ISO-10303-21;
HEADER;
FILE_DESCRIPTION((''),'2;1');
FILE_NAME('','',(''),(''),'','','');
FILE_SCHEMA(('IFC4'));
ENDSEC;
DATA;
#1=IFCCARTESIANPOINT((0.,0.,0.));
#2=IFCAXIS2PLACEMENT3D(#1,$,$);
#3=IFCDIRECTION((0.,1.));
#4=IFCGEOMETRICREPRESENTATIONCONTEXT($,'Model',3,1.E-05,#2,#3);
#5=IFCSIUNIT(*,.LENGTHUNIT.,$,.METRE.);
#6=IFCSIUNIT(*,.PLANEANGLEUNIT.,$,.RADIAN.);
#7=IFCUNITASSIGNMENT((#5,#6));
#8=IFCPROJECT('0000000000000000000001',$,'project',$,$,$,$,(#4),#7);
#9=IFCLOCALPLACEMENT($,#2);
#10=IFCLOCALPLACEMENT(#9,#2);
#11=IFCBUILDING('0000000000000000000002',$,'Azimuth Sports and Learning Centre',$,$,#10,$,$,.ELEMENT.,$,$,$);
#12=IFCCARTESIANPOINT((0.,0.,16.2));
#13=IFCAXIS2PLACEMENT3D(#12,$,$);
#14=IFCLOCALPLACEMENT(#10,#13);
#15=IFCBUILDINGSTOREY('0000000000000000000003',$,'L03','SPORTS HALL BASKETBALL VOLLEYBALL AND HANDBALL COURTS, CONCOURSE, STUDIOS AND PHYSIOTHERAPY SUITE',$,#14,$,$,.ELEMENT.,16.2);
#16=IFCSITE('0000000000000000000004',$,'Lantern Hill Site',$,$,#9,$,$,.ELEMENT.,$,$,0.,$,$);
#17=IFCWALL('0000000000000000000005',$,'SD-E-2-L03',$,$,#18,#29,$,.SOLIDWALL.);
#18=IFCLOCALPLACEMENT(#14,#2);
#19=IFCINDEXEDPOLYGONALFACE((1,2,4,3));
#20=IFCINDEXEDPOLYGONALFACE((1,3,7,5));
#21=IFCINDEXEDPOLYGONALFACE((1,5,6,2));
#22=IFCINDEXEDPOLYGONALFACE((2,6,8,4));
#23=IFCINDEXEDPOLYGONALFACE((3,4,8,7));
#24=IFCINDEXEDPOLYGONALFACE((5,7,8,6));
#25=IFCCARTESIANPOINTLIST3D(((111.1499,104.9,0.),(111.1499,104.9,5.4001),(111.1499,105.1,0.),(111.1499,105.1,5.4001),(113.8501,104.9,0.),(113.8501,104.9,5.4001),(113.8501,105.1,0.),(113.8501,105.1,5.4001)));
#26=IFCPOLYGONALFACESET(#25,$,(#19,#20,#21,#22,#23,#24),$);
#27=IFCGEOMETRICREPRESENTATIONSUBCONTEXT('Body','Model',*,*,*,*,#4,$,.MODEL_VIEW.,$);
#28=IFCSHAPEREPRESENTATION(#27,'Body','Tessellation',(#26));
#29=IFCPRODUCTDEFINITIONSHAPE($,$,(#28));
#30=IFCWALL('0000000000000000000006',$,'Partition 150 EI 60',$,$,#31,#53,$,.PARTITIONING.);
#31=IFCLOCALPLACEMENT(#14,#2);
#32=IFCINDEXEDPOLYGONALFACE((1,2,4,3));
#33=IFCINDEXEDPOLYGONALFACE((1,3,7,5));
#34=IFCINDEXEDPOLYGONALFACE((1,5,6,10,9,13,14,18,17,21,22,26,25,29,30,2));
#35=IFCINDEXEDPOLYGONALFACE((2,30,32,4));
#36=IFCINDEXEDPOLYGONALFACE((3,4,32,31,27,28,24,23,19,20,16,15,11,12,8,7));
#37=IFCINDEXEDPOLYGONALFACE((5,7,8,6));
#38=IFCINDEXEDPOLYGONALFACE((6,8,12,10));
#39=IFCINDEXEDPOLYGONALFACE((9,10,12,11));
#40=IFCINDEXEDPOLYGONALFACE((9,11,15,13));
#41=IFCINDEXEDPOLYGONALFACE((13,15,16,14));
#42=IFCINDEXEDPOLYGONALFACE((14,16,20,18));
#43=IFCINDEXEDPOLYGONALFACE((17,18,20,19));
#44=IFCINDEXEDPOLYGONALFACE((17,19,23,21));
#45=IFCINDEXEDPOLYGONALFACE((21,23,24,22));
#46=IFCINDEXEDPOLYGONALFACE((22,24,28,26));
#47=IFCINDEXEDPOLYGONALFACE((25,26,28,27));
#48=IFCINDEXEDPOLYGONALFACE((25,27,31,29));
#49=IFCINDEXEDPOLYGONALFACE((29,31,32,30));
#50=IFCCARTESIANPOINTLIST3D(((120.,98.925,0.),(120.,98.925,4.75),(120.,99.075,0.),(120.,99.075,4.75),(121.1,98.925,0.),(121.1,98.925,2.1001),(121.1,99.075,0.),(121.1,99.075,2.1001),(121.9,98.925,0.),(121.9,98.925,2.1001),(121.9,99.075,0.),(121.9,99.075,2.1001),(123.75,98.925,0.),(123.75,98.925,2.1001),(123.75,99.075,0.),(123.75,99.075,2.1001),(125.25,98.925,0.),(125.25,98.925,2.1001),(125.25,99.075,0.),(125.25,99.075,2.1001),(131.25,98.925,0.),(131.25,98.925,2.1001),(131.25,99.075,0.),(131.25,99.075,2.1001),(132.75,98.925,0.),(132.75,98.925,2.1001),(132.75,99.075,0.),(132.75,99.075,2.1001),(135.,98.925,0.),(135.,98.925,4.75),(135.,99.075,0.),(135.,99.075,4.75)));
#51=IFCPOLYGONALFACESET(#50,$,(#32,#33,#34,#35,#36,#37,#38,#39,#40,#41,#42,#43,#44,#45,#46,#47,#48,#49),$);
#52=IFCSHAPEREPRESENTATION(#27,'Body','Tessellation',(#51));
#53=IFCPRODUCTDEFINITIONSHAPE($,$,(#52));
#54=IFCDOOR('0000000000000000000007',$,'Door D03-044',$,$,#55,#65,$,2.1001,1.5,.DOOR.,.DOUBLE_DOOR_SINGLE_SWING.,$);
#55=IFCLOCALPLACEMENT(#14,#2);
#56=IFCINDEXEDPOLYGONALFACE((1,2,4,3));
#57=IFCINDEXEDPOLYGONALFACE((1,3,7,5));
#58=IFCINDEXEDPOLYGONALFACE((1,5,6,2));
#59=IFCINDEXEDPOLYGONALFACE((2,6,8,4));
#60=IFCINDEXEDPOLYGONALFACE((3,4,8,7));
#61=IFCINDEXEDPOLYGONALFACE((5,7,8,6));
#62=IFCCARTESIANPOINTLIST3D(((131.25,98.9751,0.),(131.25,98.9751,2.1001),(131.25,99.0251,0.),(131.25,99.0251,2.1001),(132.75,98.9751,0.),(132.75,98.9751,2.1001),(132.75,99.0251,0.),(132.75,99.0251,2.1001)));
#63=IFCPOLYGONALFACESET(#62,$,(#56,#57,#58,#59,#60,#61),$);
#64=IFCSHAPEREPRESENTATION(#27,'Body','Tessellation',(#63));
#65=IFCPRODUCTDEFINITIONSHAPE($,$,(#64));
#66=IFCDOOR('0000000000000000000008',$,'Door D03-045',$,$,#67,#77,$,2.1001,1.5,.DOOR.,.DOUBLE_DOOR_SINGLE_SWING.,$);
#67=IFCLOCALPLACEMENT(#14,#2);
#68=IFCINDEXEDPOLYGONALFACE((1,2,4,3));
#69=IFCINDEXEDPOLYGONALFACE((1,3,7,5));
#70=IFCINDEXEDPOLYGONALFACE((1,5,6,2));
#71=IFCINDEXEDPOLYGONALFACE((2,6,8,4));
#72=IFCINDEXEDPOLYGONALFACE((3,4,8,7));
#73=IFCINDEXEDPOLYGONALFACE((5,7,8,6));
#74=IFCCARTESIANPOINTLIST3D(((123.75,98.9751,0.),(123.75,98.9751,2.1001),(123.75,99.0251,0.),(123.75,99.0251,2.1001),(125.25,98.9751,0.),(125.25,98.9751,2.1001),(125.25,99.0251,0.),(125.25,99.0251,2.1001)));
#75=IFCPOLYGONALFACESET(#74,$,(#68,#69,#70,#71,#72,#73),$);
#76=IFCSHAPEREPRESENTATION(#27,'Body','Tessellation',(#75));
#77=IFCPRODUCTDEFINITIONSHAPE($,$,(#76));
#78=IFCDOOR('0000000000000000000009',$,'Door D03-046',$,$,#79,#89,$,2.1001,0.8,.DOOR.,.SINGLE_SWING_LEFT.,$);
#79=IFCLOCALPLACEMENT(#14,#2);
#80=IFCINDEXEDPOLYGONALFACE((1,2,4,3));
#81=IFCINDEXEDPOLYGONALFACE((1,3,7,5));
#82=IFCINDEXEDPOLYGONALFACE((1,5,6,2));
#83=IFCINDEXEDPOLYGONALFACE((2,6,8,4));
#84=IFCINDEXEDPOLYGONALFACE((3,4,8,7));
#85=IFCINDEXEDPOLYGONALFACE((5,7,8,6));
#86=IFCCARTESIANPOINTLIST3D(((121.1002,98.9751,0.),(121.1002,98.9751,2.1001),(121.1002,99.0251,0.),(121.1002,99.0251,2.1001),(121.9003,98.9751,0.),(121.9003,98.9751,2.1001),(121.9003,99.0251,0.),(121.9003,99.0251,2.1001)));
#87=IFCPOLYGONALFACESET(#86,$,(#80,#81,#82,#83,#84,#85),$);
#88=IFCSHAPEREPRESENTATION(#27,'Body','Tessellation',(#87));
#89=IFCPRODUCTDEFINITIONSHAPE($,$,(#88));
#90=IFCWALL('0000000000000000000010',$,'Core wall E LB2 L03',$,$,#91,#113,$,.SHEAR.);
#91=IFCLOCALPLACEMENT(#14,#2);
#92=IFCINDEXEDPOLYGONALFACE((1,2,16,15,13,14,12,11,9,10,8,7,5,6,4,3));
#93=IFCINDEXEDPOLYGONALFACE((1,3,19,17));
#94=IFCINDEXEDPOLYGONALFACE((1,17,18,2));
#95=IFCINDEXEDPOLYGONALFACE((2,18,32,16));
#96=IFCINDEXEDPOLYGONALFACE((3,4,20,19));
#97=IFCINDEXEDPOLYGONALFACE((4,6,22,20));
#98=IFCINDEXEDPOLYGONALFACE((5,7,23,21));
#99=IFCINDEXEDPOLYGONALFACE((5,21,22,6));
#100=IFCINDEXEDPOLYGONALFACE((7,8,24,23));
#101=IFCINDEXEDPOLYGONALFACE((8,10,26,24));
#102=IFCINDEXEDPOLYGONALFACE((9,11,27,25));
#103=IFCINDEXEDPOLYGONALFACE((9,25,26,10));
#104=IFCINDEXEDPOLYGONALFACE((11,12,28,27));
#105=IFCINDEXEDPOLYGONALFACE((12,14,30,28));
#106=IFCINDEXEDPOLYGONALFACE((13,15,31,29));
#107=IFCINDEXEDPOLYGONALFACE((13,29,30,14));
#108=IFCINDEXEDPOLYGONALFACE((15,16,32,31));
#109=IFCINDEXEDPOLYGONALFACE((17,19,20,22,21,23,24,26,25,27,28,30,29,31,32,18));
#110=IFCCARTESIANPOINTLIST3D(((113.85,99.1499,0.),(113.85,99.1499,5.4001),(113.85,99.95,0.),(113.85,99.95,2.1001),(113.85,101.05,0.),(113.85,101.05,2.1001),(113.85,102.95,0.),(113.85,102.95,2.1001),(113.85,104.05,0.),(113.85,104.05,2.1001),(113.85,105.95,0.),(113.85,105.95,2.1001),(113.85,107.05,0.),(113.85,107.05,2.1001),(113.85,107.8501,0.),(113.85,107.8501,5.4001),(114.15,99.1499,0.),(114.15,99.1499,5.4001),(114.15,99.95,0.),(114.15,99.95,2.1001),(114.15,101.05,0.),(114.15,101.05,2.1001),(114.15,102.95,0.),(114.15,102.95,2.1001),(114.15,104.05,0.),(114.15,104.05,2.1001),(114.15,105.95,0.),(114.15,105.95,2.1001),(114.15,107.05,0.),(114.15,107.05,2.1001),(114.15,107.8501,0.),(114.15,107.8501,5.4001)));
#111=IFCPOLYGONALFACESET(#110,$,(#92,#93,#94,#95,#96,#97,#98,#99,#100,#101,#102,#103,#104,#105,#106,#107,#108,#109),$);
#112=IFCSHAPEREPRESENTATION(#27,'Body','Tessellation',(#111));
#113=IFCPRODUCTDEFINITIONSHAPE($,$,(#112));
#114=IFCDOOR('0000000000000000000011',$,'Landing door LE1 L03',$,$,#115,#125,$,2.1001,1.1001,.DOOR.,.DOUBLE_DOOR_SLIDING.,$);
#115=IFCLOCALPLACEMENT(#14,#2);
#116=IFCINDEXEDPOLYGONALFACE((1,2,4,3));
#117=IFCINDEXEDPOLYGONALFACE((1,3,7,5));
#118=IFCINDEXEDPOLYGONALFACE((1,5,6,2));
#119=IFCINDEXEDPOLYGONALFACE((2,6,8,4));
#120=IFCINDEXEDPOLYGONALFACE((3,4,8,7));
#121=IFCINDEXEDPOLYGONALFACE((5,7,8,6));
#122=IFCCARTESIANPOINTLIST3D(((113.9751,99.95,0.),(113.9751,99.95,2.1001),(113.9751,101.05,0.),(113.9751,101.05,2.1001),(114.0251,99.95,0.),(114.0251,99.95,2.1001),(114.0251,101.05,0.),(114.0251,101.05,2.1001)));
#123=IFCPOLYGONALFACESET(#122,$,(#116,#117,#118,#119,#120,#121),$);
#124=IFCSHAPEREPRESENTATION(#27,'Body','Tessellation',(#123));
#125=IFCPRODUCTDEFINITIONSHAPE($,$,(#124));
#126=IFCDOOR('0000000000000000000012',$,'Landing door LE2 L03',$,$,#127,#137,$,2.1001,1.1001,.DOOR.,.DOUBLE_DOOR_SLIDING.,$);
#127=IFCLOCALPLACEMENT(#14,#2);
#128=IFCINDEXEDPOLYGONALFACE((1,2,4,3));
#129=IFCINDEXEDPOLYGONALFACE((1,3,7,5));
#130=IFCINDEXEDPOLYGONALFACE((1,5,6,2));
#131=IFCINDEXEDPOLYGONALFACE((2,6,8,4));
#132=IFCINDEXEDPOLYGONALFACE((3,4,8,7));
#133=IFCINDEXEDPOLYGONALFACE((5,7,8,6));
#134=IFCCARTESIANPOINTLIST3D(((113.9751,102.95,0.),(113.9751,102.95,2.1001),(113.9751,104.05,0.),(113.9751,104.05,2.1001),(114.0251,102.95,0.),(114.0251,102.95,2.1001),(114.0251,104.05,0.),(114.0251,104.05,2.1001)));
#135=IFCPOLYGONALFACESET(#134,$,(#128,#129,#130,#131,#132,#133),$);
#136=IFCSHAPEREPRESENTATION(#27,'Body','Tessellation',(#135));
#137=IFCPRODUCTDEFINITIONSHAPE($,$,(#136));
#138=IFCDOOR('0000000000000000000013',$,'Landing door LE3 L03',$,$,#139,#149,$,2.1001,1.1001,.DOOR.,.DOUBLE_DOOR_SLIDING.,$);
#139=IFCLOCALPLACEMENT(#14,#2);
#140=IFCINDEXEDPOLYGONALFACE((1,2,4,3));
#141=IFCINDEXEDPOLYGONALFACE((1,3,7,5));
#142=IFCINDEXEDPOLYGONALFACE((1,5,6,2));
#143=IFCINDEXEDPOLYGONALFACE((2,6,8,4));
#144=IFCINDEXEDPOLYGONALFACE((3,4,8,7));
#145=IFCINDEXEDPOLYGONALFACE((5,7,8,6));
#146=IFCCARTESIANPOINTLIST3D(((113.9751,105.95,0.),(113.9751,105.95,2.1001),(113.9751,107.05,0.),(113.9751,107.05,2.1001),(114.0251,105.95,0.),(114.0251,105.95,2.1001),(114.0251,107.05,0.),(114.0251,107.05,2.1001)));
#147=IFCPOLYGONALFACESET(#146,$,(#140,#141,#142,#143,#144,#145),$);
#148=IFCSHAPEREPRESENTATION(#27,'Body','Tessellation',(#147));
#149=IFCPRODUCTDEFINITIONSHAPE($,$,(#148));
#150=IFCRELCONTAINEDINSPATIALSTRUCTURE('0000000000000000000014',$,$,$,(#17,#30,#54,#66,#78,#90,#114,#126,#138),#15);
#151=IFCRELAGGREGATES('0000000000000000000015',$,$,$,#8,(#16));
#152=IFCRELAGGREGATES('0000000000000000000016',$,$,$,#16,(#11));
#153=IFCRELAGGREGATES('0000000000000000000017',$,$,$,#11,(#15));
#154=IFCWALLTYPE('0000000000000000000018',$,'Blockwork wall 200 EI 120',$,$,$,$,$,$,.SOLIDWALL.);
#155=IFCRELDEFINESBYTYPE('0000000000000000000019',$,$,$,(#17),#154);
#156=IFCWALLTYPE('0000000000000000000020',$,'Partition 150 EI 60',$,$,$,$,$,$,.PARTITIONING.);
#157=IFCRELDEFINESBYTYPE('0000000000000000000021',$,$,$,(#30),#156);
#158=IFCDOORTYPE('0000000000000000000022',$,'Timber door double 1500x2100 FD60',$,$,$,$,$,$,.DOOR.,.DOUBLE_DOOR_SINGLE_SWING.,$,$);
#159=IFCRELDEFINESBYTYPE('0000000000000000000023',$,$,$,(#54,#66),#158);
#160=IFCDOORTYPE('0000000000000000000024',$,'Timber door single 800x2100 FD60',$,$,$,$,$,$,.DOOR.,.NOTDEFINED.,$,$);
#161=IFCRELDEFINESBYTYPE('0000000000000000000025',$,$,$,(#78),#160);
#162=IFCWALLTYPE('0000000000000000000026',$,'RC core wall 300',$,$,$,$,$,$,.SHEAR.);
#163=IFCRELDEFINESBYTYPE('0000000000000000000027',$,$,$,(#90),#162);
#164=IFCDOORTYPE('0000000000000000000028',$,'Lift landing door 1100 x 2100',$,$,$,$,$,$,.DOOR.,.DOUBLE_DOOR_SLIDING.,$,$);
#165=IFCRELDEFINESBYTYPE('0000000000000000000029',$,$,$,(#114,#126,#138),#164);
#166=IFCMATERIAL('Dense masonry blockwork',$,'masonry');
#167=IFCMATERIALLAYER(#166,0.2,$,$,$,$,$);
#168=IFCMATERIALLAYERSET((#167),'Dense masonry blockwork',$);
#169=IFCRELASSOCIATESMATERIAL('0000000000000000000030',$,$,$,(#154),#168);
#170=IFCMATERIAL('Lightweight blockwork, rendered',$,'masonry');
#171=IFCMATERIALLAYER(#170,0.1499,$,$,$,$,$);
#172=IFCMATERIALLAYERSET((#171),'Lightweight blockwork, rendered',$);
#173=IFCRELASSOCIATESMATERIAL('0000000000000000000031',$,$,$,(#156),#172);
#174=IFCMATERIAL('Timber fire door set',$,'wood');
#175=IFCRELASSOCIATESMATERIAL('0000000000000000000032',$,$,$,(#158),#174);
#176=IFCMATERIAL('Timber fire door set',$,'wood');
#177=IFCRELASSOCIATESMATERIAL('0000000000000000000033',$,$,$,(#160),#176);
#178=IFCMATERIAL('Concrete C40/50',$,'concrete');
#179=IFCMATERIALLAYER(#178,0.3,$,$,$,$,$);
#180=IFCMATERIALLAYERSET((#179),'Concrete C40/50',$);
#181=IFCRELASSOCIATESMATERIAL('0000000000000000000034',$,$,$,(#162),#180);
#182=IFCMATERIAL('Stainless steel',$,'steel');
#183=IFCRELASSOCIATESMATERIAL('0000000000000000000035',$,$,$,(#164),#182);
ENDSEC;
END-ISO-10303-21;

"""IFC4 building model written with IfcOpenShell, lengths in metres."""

from ifc_helpers import new_model, si_unit, direction, frame, frame_2d, origin, place, context, subcontext, project, spatial, rectangle, extrude, material, layer, layer_set, type_object, element, fill, save


model = new_model("IFC4")

# Units and contexts
model_context = context("Model", 3, precision=1e-05, world=origin(), true_north=direction((0.0, 1.0)))
body_context = subcontext(model_context, "Body", "Model", "MODEL_VIEW")
ifc_project = project(units=[si_unit("LENGTHUNIT", "METRE"), si_unit("PLANEANGLEUNIT", "RADIAN")], contexts=[model_context])

# Site, building, storey
site_placement = place(None, origin())
site = spatial("IfcSite", under=ifc_project, at=site_placement, Name="Lantern Hill Site", CompositionType="ELEMENT", RefElevation=0.0)
building_placement = place(site_placement, origin())
building = spatial("IfcBuilding", under=site, at=building_placement, Name="Azimuth Sports and Learning Centre", CompositionType="ELEMENT")
storey_placement = place(building_placement, frame((0.0, 0.0, 16.2)))
storey = spatial("IfcBuildingStorey", under=building, at=storey_placement, Name="L03", Description="SPORTS HALL BASKETBALL VOLLEYBALL AND HANDBALL COURTS, CONCOURSE, STUDIOS AND PHYSIOTHERAPY SUITE", CompositionType="ELEMENT", Elevation=16.2)

# Wall
ifc_material_1 = material(Name="Dense masonry blockwork", Category="masonry")
ifc_layer_1 = layer(ifc_material_1, 0.2)
ifc_layer_set_1 = layer_set([ifc_layer_1], Name="Dense masonry blockwork")
wall_type_1 = type_object("IfcWallType", Name="Blockwork wall 200 EI 120", PredefinedType="SOLIDWALL", material=ifc_layer_set_1)
wall_1_placement = place(storey_placement, frame((111.1499, 105.0, 0.0), z_axis=(0.0, 0.0, 1.0), x_axis=(1.0, 0.0, 0.0)))
element("IfcWall", 1, at=wall_1_placement, inside=storey, type_object=wall_type_1, Name="SD-E-2-L03", PredefinedType="SOLIDWALL", context=body_context, shape_type="SweptSolid", body=[
    extrude(rectangle(XDim=2.7002, YDim=0.2, at=frame_2d((1.3501, 0.0))), origin(), (0.0, 0.0, 1.0), 5.4001),
])

# Walls, openings, doors
ifc_material_2 = material(Name="Lightweight blockwork, rendered", Category="masonry")
ifc_layer_2 = layer(ifc_material_2, 0.1499)
ifc_layer_set_2 = layer_set([ifc_layer_2], Name="Lightweight blockwork, rendered")
wall_type_2 = type_object("IfcWallType", Name="Partition 150 EI 60", PredefinedType="PARTITIONING", material=ifc_layer_set_2)
wall_2_placement = place(storey_placement, frame((120.0, 99.0, 0.0), z_axis=(0.0, 0.0, 1.0), x_axis=(1.0, 0.0, 0.0)))
wall_2 = element("IfcWall", 2, at=wall_2_placement, inside=storey, type_object=wall_type_2, Name="Partition 150 EI 60", PredefinedType="PARTITIONING", context=body_context, shape_type="SweptSolid", body=[
    extrude(rectangle(XDim=15.0, YDim=0.1499, at=frame_2d((7.5, 0.0))), origin(), (0.0, 0.0, 1.0), 4.75),
])
opening_1_placement = place(wall_2_placement, frame((11.25, 0.0, 0.0)))
opening_1 = element("IfcOpeningElement", 3, at=opening_1_placement, cuts=wall_2, PredefinedType="OPENING", context=body_context, shape_type="SweptSolid", body=[
    extrude(rectangle(XDim=1.5, YDim=2.1001, at=frame_2d((0.75, 1.05))), frame((0.0, 0.0859, 0.0), z_axis=(0.0, -1.0, 0.0), x_axis=(1.0, 0.0, 0.0)), (0.0, 0.0, 1.0), 0.1719),
])
opening_2_placement = place(wall_2_placement, frame((3.75, 0.0, 0.0)))
opening_2 = element("IfcOpeningElement", 4, at=opening_2_placement, cuts=wall_2, PredefinedType="OPENING", context=body_context, shape_type="SweptSolid", body=[
    extrude(rectangle(XDim=1.5, YDim=2.1001, at=frame_2d((0.75, 1.05))), frame((0.0, 0.0859, 0.0), z_axis=(0.0, -1.0, 0.0), x_axis=(1.0, 0.0, 0.0)), (0.0, 0.0, 1.0), 0.1719),
])
opening_3_placement = place(wall_2_placement, frame((1.1001, 0.0, 0.0)))
opening_3 = element("IfcOpeningElement", 5, at=opening_3_placement, cuts=wall_2, PredefinedType="OPENING", context=body_context, shape_type="SweptSolid", body=[
    extrude(rectangle(XDim=0.8, YDim=2.1001, at=frame_2d((0.3999, 1.05))), frame((0.0, 0.0859, 0.0), z_axis=(0.0, -1.0, 0.0), x_axis=(1.0, 0.0, 0.0)), (0.0, 0.0, 1.0), 0.1719),
])
ifc_material_3 = material(Name="Timber fire door set", Category="wood")
door_type_1 = type_object("IfcDoorType", Name="Timber door double 1500x2100 FD60", OperationType="DOUBLE_DOOR_SINGLE_SWING", PredefinedType="DOOR", material=ifc_material_3)
door_1_placement = place(opening_1_placement, frame((1.5, 0.0, 0.0), z_axis=(0.0, 0.0, 1.0), x_axis=(-1.0, 0.0, 0.0)))
door_1 = element("IfcDoor", 6, at=door_1_placement, inside=storey, type_object=door_type_1, Name="Door D03-044", OperationType="DOUBLE_DOOR_SINGLE_SWING", OverallHeight=2.1001, OverallWidth=1.5, PredefinedType="DOOR", context=body_context, shape_type="SweptSolid", body=[
    extrude(rectangle(XDim=1.5, YDim=2.1001, at=frame_2d((0.75, 1.05))), frame((0.0, 0.0249, 0.0), z_axis=(0.0, -1.0, 0.0), x_axis=(1.0, 0.0, 0.0)), (0.0, 0.0, 1.0), 0.05),
])
fill(opening_1, door_1)
door_2_placement = place(opening_2_placement, frame((1.5, 0.0, 0.0), z_axis=(0.0, 0.0, 1.0), x_axis=(-1.0, 0.0, 0.0)))
door_2 = element("IfcDoor", 7, at=door_2_placement, inside=storey, type_object=door_type_1, Name="Door D03-045", OperationType="DOUBLE_DOOR_SINGLE_SWING", OverallHeight=2.1001, OverallWidth=1.5, PredefinedType="DOOR", context=body_context, shape_type="SweptSolid", body=[
    extrude(rectangle(XDim=1.5, YDim=2.1001, at=frame_2d((0.75, 1.05))), frame((0.0, 0.0249, 0.0), z_axis=(0.0, -1.0, 0.0), x_axis=(1.0, 0.0, 0.0)), (0.0, 0.0, 1.0), 0.05),
])
fill(opening_2, door_2)
ifc_material_4 = material(Name="Timber fire door set", Category="wood")
door_type_2 = type_object("IfcDoorType", Name="Timber door single 800x2100 FD60", OperationType="NOTDEFINED", PredefinedType="DOOR", material=ifc_material_4)
door_3_placement = place(opening_3_placement, frame((0.8, 0.0, 0.0), z_axis=(0.0, 0.0, 1.0), x_axis=(-1.0, 0.0, 0.0)))
door_3 = element("IfcDoor", 8, at=door_3_placement, inside=storey, type_object=door_type_2, Name="Door D03-046", OperationType="SINGLE_SWING_LEFT", OverallHeight=2.1001, OverallWidth=0.8, PredefinedType="DOOR", context=body_context, shape_type="SweptSolid", body=[
    extrude(rectangle(XDim=0.8, YDim=2.1001, at=frame_2d((0.3999, 1.05))), frame((0.0, 0.0249, 0.0), z_axis=(0.0, -1.0, 0.0), x_axis=(1.0, 0.0, 0.0)), (0.0, 0.0, 1.0), 0.05),
])
fill(opening_3, door_3)
ifc_material_5 = material(Name="Concrete C40/50", Category="concrete")
ifc_layer_3 = layer(ifc_material_5, 0.3)
ifc_layer_set_3 = layer_set([ifc_layer_3], Name="Concrete C40/50")
wall_type_3 = type_object("IfcWallType", Name="RC core wall 300", PredefinedType="SHEAR", material=ifc_layer_set_3)
wall_3_placement = place(storey_placement, frame((114.0, 99.1499, 0.0), z_axis=(0.0, 0.0, 1.0), x_axis=(0.0, 1.0, 0.0)))
wall_3 = element("IfcWall", 9, at=wall_3_placement, inside=storey, type_object=wall_type_3, Name="Core wall E LB2 L03", PredefinedType="SHEAR", context=body_context, shape_type="SweptSolid", body=[
    extrude(rectangle(XDim=8.7002, YDim=0.3, at=frame_2d((4.3501, 0.0))), origin(), (0.0, 0.0, 1.0), 5.4001),
])
opening_4_placement = place(wall_3_placement, frame((0.8, 0.0, 0.0)))
opening_4 = element("IfcOpeningElement", 10, at=opening_4_placement, cuts=wall_3, PredefinedType="OPENING", context=body_context, shape_type="SweptSolid", body=[
    extrude(rectangle(XDim=1.1001, YDim=2.1001, at=frame_2d((0.55, 1.05))), frame((0.0, 0.1611, 0.0), z_axis=(0.0, -1.0, 0.0), x_axis=(1.0, 0.0, 0.0)), (0.0, 0.0, 1.0), 0.322),
])
opening_5_placement = place(wall_3_placement, frame((3.8, 0.0, 0.0)))
opening_5 = element("IfcOpeningElement", 11, at=opening_5_placement, cuts=wall_3, PredefinedType="OPENING", context=body_context, shape_type="SweptSolid", body=[
    extrude(rectangle(XDim=1.1001, YDim=2.1001, at=frame_2d((0.55, 1.05))), frame((0.0, 0.1611, 0.0), z_axis=(0.0, -1.0, 0.0), x_axis=(1.0, 0.0, 0.0)), (0.0, 0.0, 1.0), 0.322),
])
opening_6_placement = place(wall_3_placement, frame((6.8, 0.0, 0.0)))
opening_6 = element("IfcOpeningElement", 12, at=opening_6_placement, cuts=wall_3, PredefinedType="OPENING", context=body_context, shape_type="SweptSolid", body=[
    extrude(rectangle(XDim=1.1001, YDim=2.1001, at=frame_2d((0.55, 1.05))), frame((0.0, 0.1611, 0.0), z_axis=(0.0, -1.0, 0.0), x_axis=(1.0, 0.0, 0.0)), (0.0, 0.0, 1.0), 0.322),
])
ifc_material_6 = material(Name="Stainless steel", Category="steel")
door_type_3 = type_object("IfcDoorType", Name="Lift landing door 1100 x 2100", OperationType="DOUBLE_DOOR_SLIDING", PredefinedType="DOOR", material=ifc_material_6)
door_4_placement = place(opening_4_placement, origin())
door_4 = element("IfcDoor", 13, at=door_4_placement, inside=storey, type_object=door_type_3, Name="Landing door LE1 L03", OperationType="DOUBLE_DOOR_SLIDING", OverallHeight=2.1001, OverallWidth=1.1001, PredefinedType="DOOR", context=body_context, shape_type="SweptSolid", body=[
    extrude(rectangle(XDim=1.1001, YDim=2.1001, at=frame_2d((0.55, 1.05))), frame((0.0, 0.0249, 0.0), z_axis=(0.0, -1.0, 0.0), x_axis=(1.0, 0.0, 0.0)), (0.0, 0.0, 1.0), 0.05),
])
fill(opening_4, door_4)
door_5_placement = place(opening_5_placement, origin())
door_5 = element("IfcDoor", 14, at=door_5_placement, inside=storey, type_object=door_type_3, Name="Landing door LE2 L03", OperationType="DOUBLE_DOOR_SLIDING", OverallHeight=2.1001, OverallWidth=1.1001, PredefinedType="DOOR", context=body_context, shape_type="SweptSolid", body=[
    extrude(rectangle(XDim=1.1001, YDim=2.1001, at=frame_2d((0.55, 1.05))), frame((0.0, 0.0249, 0.0), z_axis=(0.0, -1.0, 0.0), x_axis=(1.0, 0.0, 0.0)), (0.0, 0.0, 1.0), 0.05),
])
fill(opening_5, door_5)
door_6_placement = place(opening_6_placement, origin())
door_6 = element("IfcDoor", 15, at=door_6_placement, inside=storey, type_object=door_type_3, Name="Landing door LE3 L03", OperationType="DOUBLE_DOOR_SLIDING", OverallHeight=2.1001, OverallWidth=1.1001, PredefinedType="DOOR", context=body_context, shape_type="SweptSolid", body=[
    extrude(rectangle(XDim=1.1001, YDim=2.1001, at=frame_2d((0.55, 1.05))), frame((0.0, 0.0249, 0.0), z_axis=(0.0, -1.0, 0.0), x_axis=(1.0, 0.0, 0.0)), (0.0, 0.0, 1.0), 0.05),
])
fill(opening_6, door_6)

save(model, "model.ifc")
